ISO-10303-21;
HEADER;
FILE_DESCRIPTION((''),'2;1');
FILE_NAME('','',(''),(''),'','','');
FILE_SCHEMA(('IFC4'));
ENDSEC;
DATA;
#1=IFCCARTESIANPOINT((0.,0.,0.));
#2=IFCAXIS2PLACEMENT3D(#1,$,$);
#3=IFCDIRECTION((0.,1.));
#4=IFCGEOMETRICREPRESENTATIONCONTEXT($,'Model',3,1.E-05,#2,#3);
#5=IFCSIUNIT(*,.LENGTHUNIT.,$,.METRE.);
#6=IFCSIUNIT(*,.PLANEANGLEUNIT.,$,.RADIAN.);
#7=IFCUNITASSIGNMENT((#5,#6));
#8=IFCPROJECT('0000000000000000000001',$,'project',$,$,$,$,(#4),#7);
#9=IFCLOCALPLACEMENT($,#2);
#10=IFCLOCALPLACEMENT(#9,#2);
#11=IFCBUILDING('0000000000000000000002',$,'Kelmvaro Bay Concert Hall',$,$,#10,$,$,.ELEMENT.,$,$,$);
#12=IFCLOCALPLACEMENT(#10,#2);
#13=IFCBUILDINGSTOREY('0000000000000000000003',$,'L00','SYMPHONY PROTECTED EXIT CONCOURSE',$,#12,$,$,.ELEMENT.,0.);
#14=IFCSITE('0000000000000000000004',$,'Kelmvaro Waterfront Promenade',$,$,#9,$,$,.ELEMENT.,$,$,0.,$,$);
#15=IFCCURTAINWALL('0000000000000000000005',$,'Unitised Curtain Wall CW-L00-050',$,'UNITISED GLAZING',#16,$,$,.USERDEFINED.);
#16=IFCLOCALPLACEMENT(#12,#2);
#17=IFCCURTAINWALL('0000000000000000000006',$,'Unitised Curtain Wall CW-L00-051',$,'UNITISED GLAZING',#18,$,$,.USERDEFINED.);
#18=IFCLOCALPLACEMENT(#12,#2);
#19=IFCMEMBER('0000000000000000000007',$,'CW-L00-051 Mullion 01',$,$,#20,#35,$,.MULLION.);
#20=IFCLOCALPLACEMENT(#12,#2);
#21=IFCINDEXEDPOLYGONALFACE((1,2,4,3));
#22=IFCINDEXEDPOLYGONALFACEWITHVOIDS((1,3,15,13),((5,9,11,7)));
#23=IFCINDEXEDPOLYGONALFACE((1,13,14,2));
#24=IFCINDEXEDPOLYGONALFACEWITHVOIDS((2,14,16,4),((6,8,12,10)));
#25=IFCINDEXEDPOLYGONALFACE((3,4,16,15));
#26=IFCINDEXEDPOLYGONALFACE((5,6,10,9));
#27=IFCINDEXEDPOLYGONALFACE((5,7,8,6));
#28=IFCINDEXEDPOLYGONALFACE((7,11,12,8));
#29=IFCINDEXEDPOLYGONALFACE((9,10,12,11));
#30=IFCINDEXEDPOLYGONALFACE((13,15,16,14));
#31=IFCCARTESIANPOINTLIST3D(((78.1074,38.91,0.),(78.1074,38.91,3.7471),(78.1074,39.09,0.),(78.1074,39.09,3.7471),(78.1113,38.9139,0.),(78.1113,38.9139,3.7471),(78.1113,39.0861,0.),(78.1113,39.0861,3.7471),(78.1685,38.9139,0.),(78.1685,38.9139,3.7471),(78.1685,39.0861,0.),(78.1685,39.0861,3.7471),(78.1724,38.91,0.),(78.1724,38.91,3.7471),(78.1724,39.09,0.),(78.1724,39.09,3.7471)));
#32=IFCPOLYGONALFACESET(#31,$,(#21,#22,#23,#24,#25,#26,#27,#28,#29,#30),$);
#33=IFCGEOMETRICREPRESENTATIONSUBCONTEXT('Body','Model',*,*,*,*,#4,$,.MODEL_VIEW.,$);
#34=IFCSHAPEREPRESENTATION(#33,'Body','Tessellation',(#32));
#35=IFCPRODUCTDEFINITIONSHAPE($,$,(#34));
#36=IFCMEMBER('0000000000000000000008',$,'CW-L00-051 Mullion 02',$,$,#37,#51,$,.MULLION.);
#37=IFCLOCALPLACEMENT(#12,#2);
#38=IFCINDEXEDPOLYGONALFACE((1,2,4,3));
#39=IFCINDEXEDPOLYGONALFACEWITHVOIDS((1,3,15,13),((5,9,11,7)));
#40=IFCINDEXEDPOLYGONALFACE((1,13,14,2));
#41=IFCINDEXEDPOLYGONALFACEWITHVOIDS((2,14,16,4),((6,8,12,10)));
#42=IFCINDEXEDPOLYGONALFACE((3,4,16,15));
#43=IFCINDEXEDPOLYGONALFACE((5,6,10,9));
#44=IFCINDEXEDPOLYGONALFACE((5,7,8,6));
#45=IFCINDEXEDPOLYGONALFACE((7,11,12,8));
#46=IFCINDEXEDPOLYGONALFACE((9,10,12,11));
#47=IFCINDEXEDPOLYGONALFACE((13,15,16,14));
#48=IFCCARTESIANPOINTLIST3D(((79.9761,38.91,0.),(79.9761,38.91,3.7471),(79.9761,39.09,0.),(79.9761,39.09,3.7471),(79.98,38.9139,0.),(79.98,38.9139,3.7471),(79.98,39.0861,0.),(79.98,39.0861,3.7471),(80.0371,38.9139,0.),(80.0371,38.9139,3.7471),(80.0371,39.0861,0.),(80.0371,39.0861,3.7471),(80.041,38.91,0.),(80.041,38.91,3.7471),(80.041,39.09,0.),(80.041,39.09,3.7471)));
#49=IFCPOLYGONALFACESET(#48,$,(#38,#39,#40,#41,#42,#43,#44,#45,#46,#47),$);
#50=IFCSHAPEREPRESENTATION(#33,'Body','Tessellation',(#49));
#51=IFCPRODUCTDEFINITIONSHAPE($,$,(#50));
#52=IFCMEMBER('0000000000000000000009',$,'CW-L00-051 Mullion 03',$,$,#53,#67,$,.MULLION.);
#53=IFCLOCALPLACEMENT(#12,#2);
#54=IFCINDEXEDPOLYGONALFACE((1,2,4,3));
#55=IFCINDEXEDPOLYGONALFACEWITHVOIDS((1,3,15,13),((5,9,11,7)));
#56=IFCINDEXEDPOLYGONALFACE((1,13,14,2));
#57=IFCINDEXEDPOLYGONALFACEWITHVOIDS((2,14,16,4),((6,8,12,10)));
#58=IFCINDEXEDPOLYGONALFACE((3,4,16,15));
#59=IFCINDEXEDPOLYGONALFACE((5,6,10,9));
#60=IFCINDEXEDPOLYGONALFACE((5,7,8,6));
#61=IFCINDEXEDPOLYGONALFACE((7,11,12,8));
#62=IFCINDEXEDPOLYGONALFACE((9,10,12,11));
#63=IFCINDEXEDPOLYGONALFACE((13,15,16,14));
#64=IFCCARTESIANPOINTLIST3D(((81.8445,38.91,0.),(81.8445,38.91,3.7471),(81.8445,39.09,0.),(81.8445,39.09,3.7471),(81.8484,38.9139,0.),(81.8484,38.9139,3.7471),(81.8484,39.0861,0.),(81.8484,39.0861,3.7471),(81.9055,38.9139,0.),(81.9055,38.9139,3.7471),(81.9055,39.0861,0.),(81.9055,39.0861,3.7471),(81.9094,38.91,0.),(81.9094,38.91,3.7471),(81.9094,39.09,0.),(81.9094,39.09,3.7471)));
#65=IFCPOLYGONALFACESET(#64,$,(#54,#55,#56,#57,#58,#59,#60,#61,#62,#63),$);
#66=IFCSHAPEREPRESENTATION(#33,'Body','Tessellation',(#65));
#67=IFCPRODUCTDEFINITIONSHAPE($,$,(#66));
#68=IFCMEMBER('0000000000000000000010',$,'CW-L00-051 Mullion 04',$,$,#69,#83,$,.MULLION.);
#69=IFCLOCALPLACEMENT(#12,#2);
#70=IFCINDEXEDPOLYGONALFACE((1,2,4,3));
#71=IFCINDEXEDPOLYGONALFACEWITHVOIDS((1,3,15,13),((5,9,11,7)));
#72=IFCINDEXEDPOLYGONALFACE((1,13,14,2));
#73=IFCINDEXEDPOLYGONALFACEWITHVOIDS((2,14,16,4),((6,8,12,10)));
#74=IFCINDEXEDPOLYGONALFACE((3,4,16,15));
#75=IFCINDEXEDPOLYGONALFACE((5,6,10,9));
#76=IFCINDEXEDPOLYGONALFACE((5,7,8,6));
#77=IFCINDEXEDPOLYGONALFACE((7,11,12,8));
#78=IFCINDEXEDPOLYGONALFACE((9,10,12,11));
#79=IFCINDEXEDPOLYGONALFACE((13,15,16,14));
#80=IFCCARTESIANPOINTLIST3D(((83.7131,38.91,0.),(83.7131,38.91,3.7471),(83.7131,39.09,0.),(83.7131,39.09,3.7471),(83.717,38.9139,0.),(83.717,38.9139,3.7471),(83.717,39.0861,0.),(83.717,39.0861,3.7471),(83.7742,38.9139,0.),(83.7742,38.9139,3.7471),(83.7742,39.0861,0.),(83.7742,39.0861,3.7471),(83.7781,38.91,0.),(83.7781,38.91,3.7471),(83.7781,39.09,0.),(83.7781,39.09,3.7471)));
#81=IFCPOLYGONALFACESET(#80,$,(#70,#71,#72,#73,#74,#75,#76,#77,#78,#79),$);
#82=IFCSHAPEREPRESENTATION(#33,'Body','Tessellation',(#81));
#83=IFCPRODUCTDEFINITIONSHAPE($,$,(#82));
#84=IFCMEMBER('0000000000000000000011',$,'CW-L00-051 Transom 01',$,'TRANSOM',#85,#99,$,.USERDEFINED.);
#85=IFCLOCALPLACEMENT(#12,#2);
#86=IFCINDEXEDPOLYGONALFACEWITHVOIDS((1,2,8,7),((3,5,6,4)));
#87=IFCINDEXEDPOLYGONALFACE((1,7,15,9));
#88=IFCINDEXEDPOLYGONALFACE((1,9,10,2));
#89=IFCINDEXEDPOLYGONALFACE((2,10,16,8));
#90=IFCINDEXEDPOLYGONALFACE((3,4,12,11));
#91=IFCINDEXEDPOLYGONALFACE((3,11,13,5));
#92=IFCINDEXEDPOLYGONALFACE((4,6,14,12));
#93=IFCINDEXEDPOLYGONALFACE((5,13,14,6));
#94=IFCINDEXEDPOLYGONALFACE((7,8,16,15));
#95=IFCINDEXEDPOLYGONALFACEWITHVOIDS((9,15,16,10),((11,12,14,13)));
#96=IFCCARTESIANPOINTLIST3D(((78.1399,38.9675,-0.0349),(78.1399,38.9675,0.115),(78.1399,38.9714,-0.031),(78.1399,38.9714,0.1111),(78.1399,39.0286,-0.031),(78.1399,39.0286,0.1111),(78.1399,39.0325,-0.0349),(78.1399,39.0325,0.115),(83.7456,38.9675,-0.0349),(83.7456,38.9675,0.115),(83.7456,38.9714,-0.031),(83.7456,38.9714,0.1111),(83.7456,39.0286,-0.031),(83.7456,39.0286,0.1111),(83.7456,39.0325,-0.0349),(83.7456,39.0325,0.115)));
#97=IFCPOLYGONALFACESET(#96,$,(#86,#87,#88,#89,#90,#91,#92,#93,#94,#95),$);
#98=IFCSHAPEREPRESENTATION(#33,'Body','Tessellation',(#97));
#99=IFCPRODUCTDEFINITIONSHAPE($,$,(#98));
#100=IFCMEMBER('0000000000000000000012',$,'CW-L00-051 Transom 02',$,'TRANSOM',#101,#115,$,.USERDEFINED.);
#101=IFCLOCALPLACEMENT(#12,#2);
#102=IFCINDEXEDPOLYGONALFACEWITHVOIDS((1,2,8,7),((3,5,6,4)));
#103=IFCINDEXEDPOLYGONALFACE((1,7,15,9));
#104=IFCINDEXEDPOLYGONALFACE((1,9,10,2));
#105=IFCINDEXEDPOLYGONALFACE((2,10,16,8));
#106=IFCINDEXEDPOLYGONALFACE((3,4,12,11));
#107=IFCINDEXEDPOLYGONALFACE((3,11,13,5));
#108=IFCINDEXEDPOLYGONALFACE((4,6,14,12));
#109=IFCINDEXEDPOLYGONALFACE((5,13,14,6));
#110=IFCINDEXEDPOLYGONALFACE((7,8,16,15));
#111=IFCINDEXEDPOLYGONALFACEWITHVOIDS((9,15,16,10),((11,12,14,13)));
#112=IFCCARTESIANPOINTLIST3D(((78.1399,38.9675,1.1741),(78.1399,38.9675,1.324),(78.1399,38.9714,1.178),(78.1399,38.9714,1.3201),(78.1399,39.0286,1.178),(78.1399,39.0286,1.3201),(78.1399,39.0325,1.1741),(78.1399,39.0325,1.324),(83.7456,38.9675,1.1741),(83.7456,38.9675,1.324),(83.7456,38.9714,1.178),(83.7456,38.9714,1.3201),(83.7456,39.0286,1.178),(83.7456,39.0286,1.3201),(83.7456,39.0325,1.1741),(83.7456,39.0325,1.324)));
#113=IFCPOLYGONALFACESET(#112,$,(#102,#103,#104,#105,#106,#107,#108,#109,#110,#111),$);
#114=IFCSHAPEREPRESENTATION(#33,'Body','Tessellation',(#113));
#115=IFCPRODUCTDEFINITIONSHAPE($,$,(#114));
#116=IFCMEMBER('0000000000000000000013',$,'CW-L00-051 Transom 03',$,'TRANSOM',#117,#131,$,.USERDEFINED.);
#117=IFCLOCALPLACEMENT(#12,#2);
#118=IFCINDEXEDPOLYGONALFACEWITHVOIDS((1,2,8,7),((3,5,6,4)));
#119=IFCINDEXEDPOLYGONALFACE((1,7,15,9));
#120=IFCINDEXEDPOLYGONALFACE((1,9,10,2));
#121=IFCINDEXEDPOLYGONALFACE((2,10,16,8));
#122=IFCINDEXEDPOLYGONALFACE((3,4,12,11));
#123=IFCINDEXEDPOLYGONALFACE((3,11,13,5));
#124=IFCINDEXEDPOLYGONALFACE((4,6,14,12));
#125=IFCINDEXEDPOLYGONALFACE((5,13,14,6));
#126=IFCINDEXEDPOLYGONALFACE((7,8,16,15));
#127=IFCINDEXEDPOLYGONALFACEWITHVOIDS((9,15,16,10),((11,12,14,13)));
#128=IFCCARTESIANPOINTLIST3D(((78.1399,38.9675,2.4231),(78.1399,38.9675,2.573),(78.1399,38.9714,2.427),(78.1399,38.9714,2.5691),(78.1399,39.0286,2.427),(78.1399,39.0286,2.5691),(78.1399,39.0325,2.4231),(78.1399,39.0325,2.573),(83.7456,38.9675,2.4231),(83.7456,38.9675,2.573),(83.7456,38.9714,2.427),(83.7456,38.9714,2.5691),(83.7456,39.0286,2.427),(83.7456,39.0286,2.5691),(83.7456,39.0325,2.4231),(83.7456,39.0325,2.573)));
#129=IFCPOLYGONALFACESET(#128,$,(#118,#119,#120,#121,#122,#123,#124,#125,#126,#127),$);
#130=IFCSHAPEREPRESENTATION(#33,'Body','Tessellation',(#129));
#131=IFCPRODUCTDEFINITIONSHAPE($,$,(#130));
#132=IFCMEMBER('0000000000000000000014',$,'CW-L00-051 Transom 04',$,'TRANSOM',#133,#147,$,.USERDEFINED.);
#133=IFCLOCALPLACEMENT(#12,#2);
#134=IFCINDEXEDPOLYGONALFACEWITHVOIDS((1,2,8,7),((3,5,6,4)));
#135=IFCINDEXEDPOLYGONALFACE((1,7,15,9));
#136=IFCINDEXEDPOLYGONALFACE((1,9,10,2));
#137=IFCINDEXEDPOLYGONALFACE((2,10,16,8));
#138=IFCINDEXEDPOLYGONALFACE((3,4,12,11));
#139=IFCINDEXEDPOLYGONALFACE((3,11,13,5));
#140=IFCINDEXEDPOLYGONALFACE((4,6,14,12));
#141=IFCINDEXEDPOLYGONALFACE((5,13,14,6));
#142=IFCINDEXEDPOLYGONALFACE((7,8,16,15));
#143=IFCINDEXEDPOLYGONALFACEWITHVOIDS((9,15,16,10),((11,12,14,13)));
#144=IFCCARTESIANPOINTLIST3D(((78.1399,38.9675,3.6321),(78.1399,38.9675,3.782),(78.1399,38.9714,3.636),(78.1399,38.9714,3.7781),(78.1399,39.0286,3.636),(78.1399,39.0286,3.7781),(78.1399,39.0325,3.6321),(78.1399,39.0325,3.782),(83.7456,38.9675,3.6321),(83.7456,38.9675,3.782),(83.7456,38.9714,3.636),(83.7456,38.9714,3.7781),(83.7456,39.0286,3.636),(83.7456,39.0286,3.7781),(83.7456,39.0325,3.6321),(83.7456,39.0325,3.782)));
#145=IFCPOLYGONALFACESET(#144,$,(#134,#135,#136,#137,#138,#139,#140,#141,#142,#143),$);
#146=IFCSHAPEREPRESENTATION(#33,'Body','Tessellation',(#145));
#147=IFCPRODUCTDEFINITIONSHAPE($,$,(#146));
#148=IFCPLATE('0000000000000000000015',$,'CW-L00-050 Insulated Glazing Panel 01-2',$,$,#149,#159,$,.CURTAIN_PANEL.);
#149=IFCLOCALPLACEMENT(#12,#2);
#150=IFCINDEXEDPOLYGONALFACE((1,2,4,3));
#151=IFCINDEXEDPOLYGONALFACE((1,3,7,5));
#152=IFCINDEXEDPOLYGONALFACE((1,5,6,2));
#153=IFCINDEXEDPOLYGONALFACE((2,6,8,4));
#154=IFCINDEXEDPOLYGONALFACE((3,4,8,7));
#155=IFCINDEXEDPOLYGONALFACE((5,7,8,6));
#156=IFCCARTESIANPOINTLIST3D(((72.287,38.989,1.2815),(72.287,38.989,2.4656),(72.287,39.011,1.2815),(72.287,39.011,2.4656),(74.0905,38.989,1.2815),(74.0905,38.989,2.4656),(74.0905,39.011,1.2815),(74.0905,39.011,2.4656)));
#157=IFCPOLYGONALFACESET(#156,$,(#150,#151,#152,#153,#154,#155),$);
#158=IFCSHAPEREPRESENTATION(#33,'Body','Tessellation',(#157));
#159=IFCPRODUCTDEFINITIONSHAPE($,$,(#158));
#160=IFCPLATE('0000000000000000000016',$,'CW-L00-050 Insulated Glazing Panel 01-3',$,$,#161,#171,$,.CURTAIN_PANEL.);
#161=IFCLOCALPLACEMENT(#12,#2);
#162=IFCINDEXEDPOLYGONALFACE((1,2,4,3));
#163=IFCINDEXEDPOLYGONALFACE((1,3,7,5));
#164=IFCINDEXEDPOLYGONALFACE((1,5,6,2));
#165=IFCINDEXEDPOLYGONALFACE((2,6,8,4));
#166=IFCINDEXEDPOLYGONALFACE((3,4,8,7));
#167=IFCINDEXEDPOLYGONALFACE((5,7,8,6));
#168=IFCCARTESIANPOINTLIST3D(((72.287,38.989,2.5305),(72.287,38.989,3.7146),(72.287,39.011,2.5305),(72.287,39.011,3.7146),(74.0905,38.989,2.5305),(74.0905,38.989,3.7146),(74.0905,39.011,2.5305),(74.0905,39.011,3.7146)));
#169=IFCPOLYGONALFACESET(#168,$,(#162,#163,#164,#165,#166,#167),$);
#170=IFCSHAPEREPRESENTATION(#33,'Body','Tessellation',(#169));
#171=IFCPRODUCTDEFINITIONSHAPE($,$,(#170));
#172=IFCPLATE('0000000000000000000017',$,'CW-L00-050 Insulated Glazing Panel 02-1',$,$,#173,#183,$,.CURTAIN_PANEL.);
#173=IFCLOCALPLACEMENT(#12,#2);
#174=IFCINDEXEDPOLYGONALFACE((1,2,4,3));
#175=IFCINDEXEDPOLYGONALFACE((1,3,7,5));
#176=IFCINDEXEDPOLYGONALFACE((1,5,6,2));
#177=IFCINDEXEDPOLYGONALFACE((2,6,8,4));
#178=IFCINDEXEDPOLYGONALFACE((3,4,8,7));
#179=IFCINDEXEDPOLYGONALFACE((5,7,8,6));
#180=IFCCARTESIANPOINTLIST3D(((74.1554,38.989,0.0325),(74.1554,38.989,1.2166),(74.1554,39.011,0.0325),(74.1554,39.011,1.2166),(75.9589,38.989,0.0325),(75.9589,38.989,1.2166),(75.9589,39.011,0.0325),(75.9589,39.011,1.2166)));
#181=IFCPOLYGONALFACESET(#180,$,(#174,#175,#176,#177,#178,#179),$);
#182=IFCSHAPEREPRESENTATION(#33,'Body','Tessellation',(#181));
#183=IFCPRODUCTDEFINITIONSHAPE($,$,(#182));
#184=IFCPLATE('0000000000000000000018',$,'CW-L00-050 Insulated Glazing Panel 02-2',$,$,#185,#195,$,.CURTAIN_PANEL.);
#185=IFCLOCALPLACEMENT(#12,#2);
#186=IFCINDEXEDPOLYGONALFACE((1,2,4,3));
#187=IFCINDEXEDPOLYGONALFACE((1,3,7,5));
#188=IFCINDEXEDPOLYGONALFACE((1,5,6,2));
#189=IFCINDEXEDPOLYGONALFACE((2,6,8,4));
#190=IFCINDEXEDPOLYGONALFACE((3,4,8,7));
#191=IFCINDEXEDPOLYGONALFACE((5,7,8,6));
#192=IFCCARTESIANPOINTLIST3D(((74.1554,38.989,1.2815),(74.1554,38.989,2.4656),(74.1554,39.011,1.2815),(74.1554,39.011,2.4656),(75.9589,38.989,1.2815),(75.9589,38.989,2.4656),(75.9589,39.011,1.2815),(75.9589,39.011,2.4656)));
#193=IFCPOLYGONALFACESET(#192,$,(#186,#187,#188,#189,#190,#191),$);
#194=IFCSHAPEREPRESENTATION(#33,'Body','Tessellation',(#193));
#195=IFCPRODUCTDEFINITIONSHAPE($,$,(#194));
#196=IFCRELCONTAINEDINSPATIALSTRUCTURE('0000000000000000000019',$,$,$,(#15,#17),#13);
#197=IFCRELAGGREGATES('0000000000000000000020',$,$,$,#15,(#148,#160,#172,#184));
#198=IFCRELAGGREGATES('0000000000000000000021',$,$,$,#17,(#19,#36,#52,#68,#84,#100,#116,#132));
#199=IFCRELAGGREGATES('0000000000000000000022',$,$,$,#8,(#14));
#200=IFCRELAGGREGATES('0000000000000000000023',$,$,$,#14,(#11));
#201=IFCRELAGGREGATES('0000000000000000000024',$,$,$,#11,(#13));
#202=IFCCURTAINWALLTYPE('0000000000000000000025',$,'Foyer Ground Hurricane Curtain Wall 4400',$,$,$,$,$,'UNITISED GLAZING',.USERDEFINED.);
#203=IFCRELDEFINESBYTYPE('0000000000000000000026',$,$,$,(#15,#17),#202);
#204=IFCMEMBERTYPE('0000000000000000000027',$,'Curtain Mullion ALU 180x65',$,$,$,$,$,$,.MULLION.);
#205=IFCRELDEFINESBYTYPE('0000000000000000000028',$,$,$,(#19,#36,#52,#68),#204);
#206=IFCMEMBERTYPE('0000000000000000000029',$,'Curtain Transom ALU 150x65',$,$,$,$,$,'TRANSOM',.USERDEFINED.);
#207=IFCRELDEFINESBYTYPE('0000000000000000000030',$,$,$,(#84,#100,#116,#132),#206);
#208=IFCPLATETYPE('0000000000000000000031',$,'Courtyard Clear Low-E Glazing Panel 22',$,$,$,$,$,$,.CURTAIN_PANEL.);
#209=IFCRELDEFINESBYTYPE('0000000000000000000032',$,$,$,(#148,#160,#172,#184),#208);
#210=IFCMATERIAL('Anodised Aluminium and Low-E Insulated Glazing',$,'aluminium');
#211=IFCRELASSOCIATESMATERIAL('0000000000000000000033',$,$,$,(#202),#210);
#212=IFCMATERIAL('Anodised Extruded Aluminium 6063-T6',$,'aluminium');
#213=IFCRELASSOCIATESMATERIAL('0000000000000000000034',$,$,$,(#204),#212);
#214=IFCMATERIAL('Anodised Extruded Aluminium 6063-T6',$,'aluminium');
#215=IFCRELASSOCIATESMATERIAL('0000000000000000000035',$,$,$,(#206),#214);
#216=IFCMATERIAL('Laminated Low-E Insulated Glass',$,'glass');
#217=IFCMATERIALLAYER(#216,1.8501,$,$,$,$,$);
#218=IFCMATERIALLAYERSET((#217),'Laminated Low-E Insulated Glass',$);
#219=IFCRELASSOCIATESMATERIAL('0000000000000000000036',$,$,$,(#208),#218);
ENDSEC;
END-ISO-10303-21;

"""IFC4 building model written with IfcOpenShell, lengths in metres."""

from ifc_helpers import new_model, si_unit, direction, frame, origin, origin_2d, place, context, subcontext, project, spatial, rectangle, hollow_rectangle, extrude, material, layer, layer_set, material_profile, profile_set, type_object, element, aggregate, save


model = new_model("IFC4")

# Units and contexts
model_context = context("Model", 3, precision=1e-05, world=origin(), true_north=direction((0.0, 1.0)))
body_context = subcontext(model_context, "Body", "Model", "MODEL_VIEW")
ifc_project = project(units=[si_unit("LENGTHUNIT", "METRE"), si_unit("PLANEANGLEUNIT", "RADIAN")], contexts=[model_context])

# Site, building, storey
site_placement = place(None, origin())
site = spatial("IfcSite", under=ifc_project, at=site_placement, Name="Kelmvaro Waterfront Promenade", CompositionType="ELEMENT", RefElevation=0.0)
building_placement = place(site_placement, origin())
building = spatial("IfcBuilding", under=site, at=building_placement, Name="Kelmvaro Bay Concert Hall", CompositionType="ELEMENT")
storey_placement = place(building_placement, origin())
storey = spatial("IfcBuildingStorey", under=building, at=storey_placement, Name="L00", Description="SYMPHONY PROTECTED EXIT CONCOURSE", CompositionType="ELEMENT", Elevation=0.0)

# Curtain walls, members
ifc_material_1 = material(Name="Anodised Aluminium and Low-E Insulated Glazing", Category="aluminium")
curtain_wall_type = type_object("IfcCurtainWallType", Name="Foyer Ground Hurricane Curtain Wall 4400", ElementType="UNITISED GLAZING", PredefinedType="USERDEFINED", material=ifc_material_1)
curtain_wall_1_placement = place(storey_placement, origin())
curtain_wall_1 = element("IfcCurtainWall", 1, at=curtain_wall_1_placement, inside=storey, type_object=curtain_wall_type, Name="Unitised Curtain Wall CW-L00-050", ObjectType="UNITISED GLAZING", PredefinedType="USERDEFINED")
ifc_material_2 = material(Name="Anodised Extruded Aluminium 6063-T6", Category="aluminium")
ifc_material_profile_1 = material_profile(ifc_material_2, hollow_rectangle(XDim=0.0649, YDim=0.1799, WallThickness=0.0039, at=origin_2d()), Name="ALU-MUL-180X65")
ifc_profile_set_1 = profile_set([ifc_material_profile_1], Name="Anodised Extruded Aluminium 6063-T6")
member_type_1 = type_object("IfcMemberType", Name="Curtain Mullion ALU 180x65", PredefinedType="MULLION", material=ifc_profile_set_1)
curtain_wall_2_placement = place(storey_placement, origin())
curtain_wall_2 = element("IfcCurtainWall", 2, at=curtain_wall_2_placement, inside=storey, type_object=curtain_wall_type, Name="Unitised Curtain Wall CW-L00-051", ObjectType="UNITISED GLAZING", PredefinedType="USERDEFINED")
member_1_placement = place(storey_placement, frame((78.1399, 39.0, 0.0), z_axis=(0.0, 0.0, 1.0), x_axis=(1.0, 0.0, 0.0)))
member_1 = element("IfcMember", 3, at=member_1_placement, type_object=member_type_1, Name="CW-L00-051 Mullion 01", PredefinedType="MULLION", context=body_context, shape_type="SweptSolid", body=[
    extrude(hollow_rectangle(XDim=0.0649, YDim=0.1799, WallThickness=0.0039, at=origin_2d()), origin(), (0.0, 0.0, 1.0), 3.7471),
])
member_2_placement = place(storey_placement, frame((80.0085, 39.0, 0.0), z_axis=(0.0, 0.0, 1.0), x_axis=(1.0, 0.0, 0.0)))
member_2 = element("IfcMember", 4, at=member_2_placement, type_object=member_type_1, Name="CW-L00-051 Mullion 02", PredefinedType="MULLION", context=body_context, shape_type="SweptSolid", body=[
    extrude(hollow_rectangle(XDim=0.0649, YDim=0.1799, WallThickness=0.0039, at=origin_2d()), origin(), (0.0, 0.0, 1.0), 3.7471),
])
member_3_placement = place(storey_placement, frame((81.877, 39.0, 0.0), z_axis=(0.0, 0.0, 1.0), x_axis=(1.0, 0.0, 0.0)))
member_3 = element("IfcMember", 5, at=member_3_placement, type_object=member_type_1, Name="CW-L00-051 Mullion 03", PredefinedType="MULLION", context=body_context, shape_type="SweptSolid", body=[
    extrude(hollow_rectangle(XDim=0.0649, YDim=0.1799, WallThickness=0.0039, at=origin_2d()), origin(), (0.0, 0.0, 1.0), 3.7471),
])
member_4_placement = place(storey_placement, frame((83.7456, 39.0, 0.0), z_axis=(0.0, 0.0, 1.0), x_axis=(1.0, 0.0, 0.0)))
member_4 = element("IfcMember", 6, at=member_4_placement, type_object=member_type_1, Name="CW-L00-051 Mullion 04", PredefinedType="MULLION", context=body_context, shape_type="SweptSolid", body=[
    extrude(hollow_rectangle(XDim=0.0649, YDim=0.1799, WallThickness=0.0039, at=origin_2d()), origin(), (0.0, 0.0, 1.0), 3.7471),
])
ifc_material_3 = material(Name="Anodised Extruded Aluminium 6063-T6", Category="aluminium")
ifc_material_profile_2 = material_profile(ifc_material_3, hollow_rectangle(XDim=0.0649, YDim=0.1499, WallThickness=0.0039, at=origin_2d()), Name="ALU-TRN-150X65")
ifc_profile_set_2 = profile_set([ifc_material_profile_2], Name="Anodised Extruded Aluminium 6063-T6")
member_type_2 = type_object("IfcMemberType", Name="Curtain Transom ALU 150x65", ElementType="TRANSOM", PredefinedType="USERDEFINED", material=ifc_profile_set_2)
member_5_placement = place(storey_placement, frame((78.1399, 39.0, 0.04), z_axis=(1.0, 0.0, 0.0), x_axis=(0.0, 1.0, 0.0)))
member_5 = element("IfcMember", 7, at=member_5_placement, type_object=member_type_2, Name="CW-L00-051 Transom 01", ObjectType="TRANSOM", PredefinedType="USERDEFINED", context=body_context, shape_type="SweptSolid", body=[
    extrude(hollow_rectangle(XDim=0.0649, YDim=0.1499, WallThickness=0.0039, at=origin_2d()), origin(), (0.0, 0.0, 1.0), 5.6057),
])
member_6_placement = place(storey_placement, frame((78.1399, 39.0, 1.249), z_axis=(1.0, 0.0, 0.0), x_axis=(0.0, 1.0, 0.0)))
member_6 = element("IfcMember", 8, at=member_6_placement, type_object=member_type_2, Name="CW-L00-051 Transom 02", ObjectType="TRANSOM", PredefinedType="USERDEFINED", context=body_context, shape_type="SweptSolid", body=[
    extrude(hollow_rectangle(XDim=0.0649, YDim=0.1499, WallThickness=0.0039, at=origin_2d()), origin(), (0.0, 0.0, 1.0), 5.6057),
])
member_7_placement = place(storey_placement, frame((78.1399, 39.0, 2.498), z_axis=(1.0, 0.0, 0.0), x_axis=(0.0, 1.0, 0.0)))
member_7 = element("IfcMember", 9, at=member_7_placement, type_object=member_type_2, Name="CW-L00-051 Transom 03", ObjectType="TRANSOM", PredefinedType="USERDEFINED", context=body_context, shape_type="SweptSolid", body=[
    extrude(hollow_rectangle(XDim=0.0649, YDim=0.1499, WallThickness=0.0039, at=origin_2d()), origin(), (0.0, 0.0, 1.0), 5.6057),
])
member_8_placement = place(storey_placement, frame((78.1399, 39.0, 3.707), z_axis=(1.0, 0.0, 0.0), x_axis=(0.0, 1.0, 0.0)))
member_8 = element("IfcMember", 10, at=member_8_placement, type_object=member_type_2, Name="CW-L00-051 Transom 04", ObjectType="TRANSOM", PredefinedType="USERDEFINED", context=body_context, shape_type="SweptSolid", body=[
    extrude(hollow_rectangle(XDim=0.0649, YDim=0.1499, WallThickness=0.0039, at=origin_2d()), origin(), (0.0, 0.0, 1.0), 5.6057),
])

# Plates
ifc_material_4 = material(Name="Laminated Low-E Insulated Glass", Category="glass")
ifc_layer = layer(ifc_material_4, 1.8501)
ifc_layer_set = layer_set([ifc_layer], Name="Laminated Low-E Insulated Glass")
plate_type = type_object("IfcPlateType", Name="Courtyard Clear Low-E Glazing Panel 22", PredefinedType="CURTAIN_PANEL", material=ifc_layer_set)
plate_1_placement = place(storey_placement, frame((73.1887, 39.0, 1.2815), z_axis=(0.0, 0.0, 1.0), x_axis=(1.0, 0.0, 0.0)))
plate_1 = element("IfcPlate", 11, at=plate_1_placement, type_object=plate_type, Name="CW-L00-050 Insulated Glazing Panel 01-2", PredefinedType="CURTAIN_PANEL", context=body_context, shape_type="SweptSolid", body=[
    extrude(rectangle(XDim=1.8035, YDim=0.022, at=origin_2d()), origin(), (0.0, 0.0, 1.0), 1.1841),
])
plate_2_placement = place(storey_placement, frame((73.1887, 39.0, 2.5305), z_axis=(0.0, 0.0, 1.0), x_axis=(1.0, 0.0, 0.0)))
plate_2 = element("IfcPlate", 12, at=plate_2_placement, type_object=plate_type, Name="CW-L00-050 Insulated Glazing Panel 01-3", PredefinedType="CURTAIN_PANEL", context=body_context, shape_type="SweptSolid", body=[
    extrude(rectangle(XDim=1.8035, YDim=0.022, at=origin_2d()), origin(), (0.0, 0.0, 1.0), 1.1841),
])
plate_3_placement = place(storey_placement, frame((75.0571, 39.0, 0.0325), z_axis=(0.0, 0.0, 1.0), x_axis=(1.0, 0.0, 0.0)))
plate_3 = element("IfcPlate", 13, at=plate_3_placement, type_object=plate_type, Name="CW-L00-050 Insulated Glazing Panel 02-1", PredefinedType="CURTAIN_PANEL", context=body_context, shape_type="SweptSolid", body=[
    extrude(rectangle(XDim=1.8035, YDim=0.022, at=origin_2d()), origin(), (0.0, 0.0, 1.0), 1.1841),
])
plate_4_placement = place(storey_placement, frame((75.0571, 39.0, 1.2815), z_axis=(0.0, 0.0, 1.0), x_axis=(1.0, 0.0, 0.0)))
plate_4 = element("IfcPlate", 14, at=plate_4_placement, type_object=plate_type, Name="CW-L00-050 Insulated Glazing Panel 02-2", PredefinedType="CURTAIN_PANEL", context=body_context, shape_type="SweptSolid", body=[
    extrude(rectangle(XDim=1.8035, YDim=0.022, at=origin_2d()), origin(), (0.0, 0.0, 1.0), 1.1841),
])
aggregate(curtain_wall_1, [plate_1, plate_2, plate_3, plate_4])
aggregate(curtain_wall_2, [member_1, member_2, member_3, member_4, member_5, member_6, member_7, member_8])

save(model, "model.ifc")
